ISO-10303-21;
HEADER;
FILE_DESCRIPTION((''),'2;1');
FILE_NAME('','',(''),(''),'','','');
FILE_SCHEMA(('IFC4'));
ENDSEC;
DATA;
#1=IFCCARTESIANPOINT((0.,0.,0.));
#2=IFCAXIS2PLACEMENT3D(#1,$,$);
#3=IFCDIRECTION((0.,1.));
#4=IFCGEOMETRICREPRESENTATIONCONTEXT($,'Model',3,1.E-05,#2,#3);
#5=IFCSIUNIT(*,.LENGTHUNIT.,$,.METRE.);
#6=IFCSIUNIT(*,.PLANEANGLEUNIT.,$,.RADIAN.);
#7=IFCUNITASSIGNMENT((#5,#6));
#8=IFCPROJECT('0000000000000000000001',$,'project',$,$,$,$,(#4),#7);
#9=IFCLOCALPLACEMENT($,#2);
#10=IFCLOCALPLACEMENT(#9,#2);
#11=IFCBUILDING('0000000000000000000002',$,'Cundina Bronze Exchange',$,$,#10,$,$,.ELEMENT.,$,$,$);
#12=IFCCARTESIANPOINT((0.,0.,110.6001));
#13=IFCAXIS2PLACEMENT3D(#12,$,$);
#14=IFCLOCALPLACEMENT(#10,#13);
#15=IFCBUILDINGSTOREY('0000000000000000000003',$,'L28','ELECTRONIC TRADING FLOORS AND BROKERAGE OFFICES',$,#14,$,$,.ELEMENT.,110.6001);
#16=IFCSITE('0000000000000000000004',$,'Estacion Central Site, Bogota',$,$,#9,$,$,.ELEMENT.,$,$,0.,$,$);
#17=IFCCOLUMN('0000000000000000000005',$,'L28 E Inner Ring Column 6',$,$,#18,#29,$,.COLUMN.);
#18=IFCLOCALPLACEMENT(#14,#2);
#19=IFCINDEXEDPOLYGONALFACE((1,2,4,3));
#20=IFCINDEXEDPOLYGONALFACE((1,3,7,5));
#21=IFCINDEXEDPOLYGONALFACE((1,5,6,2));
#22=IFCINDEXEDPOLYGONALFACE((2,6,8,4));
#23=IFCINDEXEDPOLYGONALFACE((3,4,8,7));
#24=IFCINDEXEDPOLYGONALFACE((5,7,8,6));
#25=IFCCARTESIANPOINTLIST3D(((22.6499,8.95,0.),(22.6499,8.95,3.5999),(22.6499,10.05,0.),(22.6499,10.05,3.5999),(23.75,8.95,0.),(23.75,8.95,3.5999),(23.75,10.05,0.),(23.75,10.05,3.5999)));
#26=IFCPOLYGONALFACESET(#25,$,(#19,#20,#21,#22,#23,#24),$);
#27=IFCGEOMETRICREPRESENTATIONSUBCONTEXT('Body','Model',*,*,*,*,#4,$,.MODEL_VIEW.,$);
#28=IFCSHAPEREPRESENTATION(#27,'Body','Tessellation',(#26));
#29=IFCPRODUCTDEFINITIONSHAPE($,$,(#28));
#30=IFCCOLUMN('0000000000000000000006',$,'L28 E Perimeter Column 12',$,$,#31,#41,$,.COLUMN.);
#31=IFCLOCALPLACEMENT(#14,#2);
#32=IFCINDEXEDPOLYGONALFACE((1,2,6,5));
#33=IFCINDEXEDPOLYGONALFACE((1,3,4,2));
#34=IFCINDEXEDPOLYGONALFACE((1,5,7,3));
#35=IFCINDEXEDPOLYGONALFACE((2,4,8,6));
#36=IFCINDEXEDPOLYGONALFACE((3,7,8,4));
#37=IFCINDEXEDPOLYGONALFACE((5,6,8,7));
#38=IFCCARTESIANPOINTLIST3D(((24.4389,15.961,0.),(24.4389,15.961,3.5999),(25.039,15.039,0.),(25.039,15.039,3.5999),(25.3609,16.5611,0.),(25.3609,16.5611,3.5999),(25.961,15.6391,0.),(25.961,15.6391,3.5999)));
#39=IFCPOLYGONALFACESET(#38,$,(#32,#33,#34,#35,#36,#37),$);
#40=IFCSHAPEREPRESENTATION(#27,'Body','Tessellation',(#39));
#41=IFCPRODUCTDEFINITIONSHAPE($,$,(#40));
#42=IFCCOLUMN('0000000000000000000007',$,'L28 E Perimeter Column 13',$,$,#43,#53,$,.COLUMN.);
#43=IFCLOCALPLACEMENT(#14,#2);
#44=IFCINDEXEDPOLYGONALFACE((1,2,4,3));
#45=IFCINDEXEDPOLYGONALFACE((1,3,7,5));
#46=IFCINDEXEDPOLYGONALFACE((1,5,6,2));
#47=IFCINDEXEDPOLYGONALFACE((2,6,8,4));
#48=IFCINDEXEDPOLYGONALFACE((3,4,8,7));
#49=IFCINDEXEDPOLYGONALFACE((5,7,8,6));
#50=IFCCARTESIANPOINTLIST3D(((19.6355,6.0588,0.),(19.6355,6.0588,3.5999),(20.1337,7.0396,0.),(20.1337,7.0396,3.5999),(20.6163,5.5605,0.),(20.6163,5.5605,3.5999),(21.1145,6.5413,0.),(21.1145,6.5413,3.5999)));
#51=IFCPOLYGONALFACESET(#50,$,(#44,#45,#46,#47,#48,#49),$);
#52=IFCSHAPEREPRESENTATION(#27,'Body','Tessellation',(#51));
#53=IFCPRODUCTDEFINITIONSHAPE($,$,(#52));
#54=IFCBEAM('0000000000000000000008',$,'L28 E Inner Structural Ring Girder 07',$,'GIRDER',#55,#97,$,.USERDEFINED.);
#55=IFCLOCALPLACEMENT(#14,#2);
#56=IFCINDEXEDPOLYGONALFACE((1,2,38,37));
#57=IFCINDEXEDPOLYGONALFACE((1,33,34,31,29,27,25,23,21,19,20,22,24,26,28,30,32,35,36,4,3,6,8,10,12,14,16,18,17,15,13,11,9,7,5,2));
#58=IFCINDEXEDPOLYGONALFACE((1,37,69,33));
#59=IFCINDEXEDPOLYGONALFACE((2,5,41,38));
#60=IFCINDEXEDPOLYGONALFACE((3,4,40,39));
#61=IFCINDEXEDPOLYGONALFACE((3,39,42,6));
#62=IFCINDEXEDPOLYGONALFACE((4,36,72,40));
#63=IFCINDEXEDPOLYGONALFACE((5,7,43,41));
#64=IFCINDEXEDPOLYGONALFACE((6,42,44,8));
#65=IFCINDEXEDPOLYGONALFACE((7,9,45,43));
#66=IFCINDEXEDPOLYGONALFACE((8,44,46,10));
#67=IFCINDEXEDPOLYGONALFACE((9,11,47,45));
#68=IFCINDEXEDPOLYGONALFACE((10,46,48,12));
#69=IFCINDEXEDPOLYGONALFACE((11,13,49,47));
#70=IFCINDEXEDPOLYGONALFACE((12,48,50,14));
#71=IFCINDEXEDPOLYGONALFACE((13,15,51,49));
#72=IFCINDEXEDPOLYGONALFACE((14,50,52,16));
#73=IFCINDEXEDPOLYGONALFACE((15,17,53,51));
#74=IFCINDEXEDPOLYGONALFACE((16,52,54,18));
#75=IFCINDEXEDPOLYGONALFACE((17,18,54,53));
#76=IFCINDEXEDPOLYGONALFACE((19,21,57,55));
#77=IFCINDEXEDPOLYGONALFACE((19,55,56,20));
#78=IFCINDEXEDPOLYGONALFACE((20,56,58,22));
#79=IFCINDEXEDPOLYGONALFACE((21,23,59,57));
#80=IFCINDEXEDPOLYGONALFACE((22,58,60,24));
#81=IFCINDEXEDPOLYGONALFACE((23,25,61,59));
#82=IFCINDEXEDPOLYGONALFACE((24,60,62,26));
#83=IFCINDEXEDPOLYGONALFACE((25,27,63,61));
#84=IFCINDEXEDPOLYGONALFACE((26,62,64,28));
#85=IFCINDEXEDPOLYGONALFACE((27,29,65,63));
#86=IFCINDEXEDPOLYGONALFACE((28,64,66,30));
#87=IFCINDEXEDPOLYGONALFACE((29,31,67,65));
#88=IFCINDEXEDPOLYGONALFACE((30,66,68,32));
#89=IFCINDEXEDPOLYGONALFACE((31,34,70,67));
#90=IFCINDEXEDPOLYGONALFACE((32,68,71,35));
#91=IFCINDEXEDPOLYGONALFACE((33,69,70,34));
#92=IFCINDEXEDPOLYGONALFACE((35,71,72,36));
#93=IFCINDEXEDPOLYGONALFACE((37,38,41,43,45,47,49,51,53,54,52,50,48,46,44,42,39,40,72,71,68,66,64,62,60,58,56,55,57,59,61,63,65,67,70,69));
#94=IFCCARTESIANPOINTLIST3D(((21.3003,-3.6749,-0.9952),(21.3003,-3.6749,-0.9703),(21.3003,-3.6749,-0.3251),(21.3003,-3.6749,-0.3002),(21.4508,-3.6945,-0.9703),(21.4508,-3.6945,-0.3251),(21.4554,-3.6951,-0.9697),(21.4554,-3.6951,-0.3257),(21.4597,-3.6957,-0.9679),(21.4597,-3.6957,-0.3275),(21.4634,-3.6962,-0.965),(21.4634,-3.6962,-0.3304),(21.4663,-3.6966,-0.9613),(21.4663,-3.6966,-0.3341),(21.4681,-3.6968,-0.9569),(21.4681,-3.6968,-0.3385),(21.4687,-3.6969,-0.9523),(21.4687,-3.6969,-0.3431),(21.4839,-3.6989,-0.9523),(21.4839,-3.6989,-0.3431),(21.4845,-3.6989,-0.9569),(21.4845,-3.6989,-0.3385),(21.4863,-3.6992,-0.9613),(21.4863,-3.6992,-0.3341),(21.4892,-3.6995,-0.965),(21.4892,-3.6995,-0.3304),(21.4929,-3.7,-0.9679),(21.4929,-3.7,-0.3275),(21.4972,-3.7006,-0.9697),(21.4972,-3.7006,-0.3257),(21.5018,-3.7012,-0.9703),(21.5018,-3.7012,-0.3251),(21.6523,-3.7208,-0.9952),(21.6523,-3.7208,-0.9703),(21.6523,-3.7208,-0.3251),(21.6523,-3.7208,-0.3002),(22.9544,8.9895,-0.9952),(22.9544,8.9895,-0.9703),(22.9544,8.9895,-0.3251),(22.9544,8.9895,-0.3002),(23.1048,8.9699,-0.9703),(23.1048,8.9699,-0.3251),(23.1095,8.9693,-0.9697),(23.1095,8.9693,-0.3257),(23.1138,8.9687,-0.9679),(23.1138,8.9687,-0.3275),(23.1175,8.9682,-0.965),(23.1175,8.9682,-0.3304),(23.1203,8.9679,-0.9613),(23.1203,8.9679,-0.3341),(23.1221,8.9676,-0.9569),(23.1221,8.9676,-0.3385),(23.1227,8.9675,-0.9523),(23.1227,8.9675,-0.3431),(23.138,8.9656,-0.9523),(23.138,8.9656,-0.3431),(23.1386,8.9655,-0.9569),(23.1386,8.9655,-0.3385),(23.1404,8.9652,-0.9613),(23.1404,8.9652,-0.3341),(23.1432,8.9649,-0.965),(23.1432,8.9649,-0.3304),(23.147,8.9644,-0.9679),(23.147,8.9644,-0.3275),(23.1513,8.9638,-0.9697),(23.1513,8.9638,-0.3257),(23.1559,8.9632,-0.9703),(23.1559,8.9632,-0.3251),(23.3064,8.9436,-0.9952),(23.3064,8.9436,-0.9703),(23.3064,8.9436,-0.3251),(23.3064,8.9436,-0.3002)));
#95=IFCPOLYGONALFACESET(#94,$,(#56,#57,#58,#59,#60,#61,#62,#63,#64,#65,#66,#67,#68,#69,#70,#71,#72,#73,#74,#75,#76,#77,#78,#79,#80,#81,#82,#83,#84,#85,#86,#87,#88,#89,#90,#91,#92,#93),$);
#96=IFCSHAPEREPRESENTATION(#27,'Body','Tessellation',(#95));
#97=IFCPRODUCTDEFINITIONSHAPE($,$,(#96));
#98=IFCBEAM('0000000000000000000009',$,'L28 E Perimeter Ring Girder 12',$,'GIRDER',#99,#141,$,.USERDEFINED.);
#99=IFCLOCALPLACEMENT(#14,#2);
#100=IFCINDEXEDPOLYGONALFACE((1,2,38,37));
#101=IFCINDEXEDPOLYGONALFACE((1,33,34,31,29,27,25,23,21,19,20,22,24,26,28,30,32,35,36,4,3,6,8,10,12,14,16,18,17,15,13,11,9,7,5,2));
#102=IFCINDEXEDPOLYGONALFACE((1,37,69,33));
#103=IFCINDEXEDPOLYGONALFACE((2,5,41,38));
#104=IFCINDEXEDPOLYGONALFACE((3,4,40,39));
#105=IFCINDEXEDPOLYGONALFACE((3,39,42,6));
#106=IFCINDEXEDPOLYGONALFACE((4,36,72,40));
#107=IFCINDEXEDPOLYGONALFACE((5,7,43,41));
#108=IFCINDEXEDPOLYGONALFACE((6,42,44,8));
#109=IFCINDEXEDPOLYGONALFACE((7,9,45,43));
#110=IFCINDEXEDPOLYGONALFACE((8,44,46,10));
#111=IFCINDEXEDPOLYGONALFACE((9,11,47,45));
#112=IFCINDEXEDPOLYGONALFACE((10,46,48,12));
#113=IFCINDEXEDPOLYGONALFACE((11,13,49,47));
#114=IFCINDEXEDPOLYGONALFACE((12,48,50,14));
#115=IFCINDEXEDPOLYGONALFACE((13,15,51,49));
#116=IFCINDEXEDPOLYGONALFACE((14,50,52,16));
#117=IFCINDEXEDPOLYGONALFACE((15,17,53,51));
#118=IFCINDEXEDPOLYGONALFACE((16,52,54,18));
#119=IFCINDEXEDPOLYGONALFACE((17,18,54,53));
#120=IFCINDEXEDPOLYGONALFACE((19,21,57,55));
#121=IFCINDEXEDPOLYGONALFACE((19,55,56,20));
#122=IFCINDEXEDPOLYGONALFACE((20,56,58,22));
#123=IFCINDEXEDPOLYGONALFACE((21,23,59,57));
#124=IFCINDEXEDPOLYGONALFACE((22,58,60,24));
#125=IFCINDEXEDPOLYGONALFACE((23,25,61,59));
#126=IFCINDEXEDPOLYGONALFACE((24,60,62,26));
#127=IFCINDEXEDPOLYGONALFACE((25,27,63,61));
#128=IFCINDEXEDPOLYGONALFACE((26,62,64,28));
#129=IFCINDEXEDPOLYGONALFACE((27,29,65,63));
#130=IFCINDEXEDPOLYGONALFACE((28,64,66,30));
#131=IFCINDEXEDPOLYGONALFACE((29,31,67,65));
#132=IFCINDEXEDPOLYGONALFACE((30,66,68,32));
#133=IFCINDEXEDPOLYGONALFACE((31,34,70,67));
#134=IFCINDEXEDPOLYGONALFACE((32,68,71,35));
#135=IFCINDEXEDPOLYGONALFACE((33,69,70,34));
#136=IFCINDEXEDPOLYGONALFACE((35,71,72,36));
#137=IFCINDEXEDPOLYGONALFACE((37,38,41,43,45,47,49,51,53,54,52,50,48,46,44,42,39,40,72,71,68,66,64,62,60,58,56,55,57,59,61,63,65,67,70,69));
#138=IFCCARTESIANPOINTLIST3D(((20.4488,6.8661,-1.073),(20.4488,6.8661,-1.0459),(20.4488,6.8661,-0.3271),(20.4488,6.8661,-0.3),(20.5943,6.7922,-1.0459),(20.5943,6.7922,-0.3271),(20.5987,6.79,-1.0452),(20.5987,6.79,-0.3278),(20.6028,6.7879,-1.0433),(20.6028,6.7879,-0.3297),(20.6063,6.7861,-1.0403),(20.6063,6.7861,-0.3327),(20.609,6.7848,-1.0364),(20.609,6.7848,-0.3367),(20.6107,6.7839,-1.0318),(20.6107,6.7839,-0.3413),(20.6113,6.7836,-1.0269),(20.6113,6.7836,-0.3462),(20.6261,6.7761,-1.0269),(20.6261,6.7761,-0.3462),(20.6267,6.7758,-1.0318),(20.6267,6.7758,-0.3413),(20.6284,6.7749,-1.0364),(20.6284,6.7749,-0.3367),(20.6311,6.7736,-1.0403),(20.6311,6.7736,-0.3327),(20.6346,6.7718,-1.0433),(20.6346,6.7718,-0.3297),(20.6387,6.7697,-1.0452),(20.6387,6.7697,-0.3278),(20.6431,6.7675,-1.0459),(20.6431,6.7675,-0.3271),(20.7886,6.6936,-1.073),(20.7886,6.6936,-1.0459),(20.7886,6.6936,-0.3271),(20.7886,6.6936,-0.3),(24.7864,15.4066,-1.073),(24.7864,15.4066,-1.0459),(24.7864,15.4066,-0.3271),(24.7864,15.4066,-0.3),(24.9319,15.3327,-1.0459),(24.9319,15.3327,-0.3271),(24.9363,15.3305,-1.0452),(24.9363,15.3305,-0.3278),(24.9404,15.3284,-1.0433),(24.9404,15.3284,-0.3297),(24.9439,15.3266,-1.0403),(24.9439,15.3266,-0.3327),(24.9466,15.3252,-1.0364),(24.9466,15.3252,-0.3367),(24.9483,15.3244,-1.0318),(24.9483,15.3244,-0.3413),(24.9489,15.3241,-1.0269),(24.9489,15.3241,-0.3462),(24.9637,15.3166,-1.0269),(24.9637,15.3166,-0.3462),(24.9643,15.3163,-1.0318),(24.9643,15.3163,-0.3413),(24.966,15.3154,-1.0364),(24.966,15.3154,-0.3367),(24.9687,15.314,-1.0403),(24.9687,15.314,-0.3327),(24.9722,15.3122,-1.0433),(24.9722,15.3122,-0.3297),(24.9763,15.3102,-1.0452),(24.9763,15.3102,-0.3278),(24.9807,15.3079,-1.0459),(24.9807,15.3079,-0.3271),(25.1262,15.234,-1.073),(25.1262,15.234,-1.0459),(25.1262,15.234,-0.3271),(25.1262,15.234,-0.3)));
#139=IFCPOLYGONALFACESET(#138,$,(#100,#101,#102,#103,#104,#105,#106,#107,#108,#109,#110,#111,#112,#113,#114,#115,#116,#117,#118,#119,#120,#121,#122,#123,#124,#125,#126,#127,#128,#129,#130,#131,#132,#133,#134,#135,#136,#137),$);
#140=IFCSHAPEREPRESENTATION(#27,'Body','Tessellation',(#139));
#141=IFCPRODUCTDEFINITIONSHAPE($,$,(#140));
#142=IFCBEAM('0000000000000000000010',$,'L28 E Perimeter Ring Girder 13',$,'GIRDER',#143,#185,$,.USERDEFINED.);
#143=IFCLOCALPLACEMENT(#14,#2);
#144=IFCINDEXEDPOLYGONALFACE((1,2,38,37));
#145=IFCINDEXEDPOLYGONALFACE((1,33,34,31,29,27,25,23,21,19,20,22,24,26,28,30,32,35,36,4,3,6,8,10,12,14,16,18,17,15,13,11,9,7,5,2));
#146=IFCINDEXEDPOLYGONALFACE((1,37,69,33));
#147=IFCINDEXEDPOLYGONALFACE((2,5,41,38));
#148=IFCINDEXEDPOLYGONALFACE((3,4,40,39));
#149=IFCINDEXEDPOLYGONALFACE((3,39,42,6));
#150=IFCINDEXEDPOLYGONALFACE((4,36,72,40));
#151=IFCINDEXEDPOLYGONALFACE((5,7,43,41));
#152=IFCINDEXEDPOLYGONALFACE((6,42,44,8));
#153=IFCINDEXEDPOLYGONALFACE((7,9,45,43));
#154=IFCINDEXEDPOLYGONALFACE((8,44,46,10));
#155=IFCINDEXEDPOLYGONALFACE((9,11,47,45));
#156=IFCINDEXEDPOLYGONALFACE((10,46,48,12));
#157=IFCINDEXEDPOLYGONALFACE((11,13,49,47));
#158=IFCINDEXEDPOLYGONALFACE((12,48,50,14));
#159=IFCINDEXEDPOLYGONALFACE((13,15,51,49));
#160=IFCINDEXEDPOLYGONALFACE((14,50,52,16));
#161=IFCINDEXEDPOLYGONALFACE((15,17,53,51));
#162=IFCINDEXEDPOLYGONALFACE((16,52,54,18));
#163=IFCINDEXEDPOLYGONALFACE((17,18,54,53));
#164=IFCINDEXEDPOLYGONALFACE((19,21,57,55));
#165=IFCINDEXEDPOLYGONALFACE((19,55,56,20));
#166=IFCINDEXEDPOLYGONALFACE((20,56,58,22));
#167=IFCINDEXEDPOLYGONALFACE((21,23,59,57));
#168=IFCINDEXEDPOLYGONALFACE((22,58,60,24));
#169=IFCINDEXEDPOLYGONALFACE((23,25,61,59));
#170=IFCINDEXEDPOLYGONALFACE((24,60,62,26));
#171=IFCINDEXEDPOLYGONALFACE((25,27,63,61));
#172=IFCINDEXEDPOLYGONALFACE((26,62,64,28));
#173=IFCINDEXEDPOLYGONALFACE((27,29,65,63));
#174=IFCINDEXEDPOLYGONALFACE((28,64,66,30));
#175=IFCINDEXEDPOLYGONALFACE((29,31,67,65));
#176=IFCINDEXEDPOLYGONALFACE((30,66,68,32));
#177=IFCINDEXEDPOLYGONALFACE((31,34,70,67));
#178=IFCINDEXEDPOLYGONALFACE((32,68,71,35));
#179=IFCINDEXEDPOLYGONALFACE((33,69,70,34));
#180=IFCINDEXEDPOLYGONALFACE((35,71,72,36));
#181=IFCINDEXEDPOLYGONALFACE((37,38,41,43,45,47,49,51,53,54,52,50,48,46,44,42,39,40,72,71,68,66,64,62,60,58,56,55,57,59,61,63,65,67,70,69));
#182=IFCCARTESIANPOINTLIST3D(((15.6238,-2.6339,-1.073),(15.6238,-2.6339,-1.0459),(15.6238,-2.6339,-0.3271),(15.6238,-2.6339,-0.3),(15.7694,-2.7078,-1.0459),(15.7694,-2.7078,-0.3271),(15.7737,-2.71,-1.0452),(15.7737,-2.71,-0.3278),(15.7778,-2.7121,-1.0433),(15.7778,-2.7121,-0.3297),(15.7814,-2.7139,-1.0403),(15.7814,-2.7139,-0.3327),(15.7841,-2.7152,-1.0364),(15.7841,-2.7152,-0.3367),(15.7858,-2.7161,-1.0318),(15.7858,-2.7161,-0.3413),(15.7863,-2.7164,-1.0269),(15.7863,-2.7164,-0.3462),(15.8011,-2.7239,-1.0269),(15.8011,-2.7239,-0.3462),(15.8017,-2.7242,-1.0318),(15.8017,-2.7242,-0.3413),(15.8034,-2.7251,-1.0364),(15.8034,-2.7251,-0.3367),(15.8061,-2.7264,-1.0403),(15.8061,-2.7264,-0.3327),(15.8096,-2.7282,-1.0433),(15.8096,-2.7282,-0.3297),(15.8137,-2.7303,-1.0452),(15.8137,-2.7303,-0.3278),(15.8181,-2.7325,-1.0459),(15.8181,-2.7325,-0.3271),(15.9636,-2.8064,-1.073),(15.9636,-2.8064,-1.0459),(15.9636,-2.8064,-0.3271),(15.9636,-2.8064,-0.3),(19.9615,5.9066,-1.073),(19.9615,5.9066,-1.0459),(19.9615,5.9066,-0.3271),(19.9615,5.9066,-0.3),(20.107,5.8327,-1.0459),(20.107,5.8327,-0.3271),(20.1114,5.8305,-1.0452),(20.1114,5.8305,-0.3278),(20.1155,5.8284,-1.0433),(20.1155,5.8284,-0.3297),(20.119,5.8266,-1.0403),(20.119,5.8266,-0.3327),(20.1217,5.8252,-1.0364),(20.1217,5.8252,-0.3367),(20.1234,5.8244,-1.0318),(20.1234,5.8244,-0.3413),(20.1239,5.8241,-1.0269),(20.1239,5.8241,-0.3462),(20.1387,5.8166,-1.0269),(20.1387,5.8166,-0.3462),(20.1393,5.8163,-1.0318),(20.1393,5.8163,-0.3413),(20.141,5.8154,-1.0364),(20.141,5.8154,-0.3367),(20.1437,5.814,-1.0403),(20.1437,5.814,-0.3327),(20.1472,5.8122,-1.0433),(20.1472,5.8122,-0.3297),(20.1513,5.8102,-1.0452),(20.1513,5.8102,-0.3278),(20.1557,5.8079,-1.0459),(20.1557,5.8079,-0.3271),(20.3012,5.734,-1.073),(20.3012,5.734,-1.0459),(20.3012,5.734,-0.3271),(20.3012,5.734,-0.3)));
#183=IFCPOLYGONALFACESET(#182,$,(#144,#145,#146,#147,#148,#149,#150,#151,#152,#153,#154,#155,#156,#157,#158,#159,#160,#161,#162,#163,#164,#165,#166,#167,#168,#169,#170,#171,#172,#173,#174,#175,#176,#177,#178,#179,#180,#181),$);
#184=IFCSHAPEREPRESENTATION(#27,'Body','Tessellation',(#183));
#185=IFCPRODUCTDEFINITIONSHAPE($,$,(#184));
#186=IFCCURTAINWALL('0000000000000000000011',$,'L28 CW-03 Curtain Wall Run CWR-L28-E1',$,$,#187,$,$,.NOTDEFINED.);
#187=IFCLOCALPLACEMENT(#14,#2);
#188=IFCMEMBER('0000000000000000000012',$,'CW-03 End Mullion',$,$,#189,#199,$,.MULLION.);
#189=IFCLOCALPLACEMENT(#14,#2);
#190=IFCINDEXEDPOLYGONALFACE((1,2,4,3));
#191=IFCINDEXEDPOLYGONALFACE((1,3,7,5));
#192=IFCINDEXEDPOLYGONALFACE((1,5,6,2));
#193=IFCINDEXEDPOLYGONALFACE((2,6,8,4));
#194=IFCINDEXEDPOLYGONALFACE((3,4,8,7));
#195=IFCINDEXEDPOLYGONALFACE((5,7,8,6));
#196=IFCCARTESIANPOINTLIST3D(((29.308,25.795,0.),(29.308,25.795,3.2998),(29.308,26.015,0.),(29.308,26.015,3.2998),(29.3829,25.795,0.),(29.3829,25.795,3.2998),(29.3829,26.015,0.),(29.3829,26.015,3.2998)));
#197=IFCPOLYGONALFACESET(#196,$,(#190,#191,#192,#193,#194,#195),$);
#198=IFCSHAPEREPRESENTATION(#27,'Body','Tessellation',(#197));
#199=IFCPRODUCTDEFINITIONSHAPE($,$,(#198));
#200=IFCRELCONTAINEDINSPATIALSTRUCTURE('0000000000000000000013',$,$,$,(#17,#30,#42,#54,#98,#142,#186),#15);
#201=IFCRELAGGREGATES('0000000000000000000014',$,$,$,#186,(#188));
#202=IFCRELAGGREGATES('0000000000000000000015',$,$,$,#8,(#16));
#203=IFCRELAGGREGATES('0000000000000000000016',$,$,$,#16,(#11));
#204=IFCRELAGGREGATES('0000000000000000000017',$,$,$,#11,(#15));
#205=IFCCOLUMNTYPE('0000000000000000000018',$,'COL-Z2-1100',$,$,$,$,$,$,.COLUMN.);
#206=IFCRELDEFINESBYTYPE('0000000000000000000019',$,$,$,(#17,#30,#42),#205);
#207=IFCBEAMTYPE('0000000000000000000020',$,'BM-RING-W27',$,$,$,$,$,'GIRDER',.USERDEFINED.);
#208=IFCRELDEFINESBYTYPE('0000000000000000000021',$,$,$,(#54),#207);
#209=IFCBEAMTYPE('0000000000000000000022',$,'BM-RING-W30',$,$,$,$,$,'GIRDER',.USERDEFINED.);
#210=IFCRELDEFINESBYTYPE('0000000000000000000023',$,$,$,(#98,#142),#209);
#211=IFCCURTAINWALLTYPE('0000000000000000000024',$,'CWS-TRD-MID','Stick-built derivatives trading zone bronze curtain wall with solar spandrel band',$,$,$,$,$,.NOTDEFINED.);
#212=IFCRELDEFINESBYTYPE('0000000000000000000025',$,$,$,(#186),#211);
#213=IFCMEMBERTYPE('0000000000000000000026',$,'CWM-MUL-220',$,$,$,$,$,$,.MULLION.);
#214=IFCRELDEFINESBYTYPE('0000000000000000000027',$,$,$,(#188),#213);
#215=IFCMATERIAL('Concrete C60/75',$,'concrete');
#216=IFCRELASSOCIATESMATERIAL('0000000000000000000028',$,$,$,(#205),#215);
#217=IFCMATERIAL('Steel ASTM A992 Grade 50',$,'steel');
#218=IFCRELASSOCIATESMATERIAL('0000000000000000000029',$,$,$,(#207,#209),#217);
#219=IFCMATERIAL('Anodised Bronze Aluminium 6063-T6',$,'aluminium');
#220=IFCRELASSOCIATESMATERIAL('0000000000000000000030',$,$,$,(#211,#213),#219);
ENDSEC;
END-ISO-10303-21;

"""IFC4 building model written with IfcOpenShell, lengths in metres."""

from ifc_helpers import new_model, si_unit, direction, frame, origin, origin_2d, place, context, subcontext, project, spatial, rectangle, i_section, extrude, material, material_profile, profile_set, type_object, element, aggregate, save


model = new_model("IFC4")

# Units and contexts
model_context = context("Model", 3, precision=1e-05, world=origin(), true_north=direction((0.0, 1.0)))
body_context = subcontext(model_context, "Body", "Model", "MODEL_VIEW")
ifc_project = project(units=[si_unit("LENGTHUNIT", "METRE"), si_unit("PLANEANGLEUNIT", "RADIAN")], contexts=[model_context])

# Site, building, storey
site_placement = place(None, origin())
site = spatial("IfcSite", under=ifc_project, at=site_placement, Name="Estacion Central Site, Bogota", CompositionType="ELEMENT", RefElevation=0.0)
building_placement = place(site_placement, origin())
building = spatial("IfcBuilding", under=site, at=building_placement, Name="Cundina Bronze Exchange", CompositionType="ELEMENT")
storey_placement = place(building_placement, frame((0.0, 0.0, 110.6001)))
storey = spatial("IfcBuildingStorey", under=building, at=storey_placement, Name="L28", Description="ELECTRONIC TRADING FLOORS AND BROKERAGE OFFICES", CompositionType="ELEMENT", Elevation=110.6001)

# Columns
ifc_material_1 = material(Name="Concrete C60/75", Category="concrete")
ifc_material_profile_1 = material_profile(ifc_material_1, rectangle(XDim=1.1001, YDim=1.1001, at=origin_2d()), Name="RC1100X1100", Category="concrete")
ifc_profile_set_1 = profile_set([ifc_material_profile_1], Name="Concrete C60/75")
column_type = type_object("IfcColumnType", Name="COL-Z2-1100", PredefinedType="COLUMN", material=ifc_profile_set_1)
for number, where, z_axis, x_axis, name in (
    (1, (23.2, 9.5, 0.0), (0.0, 0.0, 1.0), (1.0, 0.0, 0.0), "L28 E Inner Ring Column 6"),
    (2, (25.2, 15.8, 0.0), (0.0, 0.0, 1.0), (-0.8381, -0.545517, 0.0), "L28 E Perimeter Column 12"),
    (3, (20.375, 6.3, 0.0), (0.0, 0.0, 1.0), (-0.452902, -0.891561, 0.0), "L28 E Perimeter Column 13"),
):
    element("IfcColumn", number, at=place(storey_placement, frame(where, z_axis=z_axis, x_axis=x_axis)), inside=storey, type_object=column_type, Name=name, PredefinedType="COLUMN", context=body_context, shape_type="SweptSolid", body=[
        extrude(rectangle(XDim=1.1001, YDim=1.1001, at=origin_2d()), origin(), (0.0, 0.0, 1.0), 3.5999),
    ])

# Beams
ifc_material_2 = material(Name="Steel ASTM A992 Grade 50", Category="steel")
ifc_material_profile_2 = material_profile(ifc_material_2, i_section(OverallWidth=0.355, OverallDepth=0.6951, WebThickness=0.0154, FlangeThickness=0.0249, FilletRadius=0.0181, at=origin_2d()), Name="W27X146", Category="steel")
ifc_profile_set_2 = profile_set([ifc_material_profile_2], Name="Steel ASTM A992 Grade 50")
beam_type_1 = type_object("IfcBeamType", Name="BM-RING-W27", ElementType="GIRDER", PredefinedType="USERDEFINED", material=ifc_profile_set_2)
beam_placement = place(storey_placement, frame((23.1304, 8.9666, -0.6477), z_axis=(-0.129508, -0.991578, 0.0), x_axis=(0.991578, -0.129508, 0.0)))
element("IfcBeam", 4, at=beam_placement, inside=storey, type_object=beam_type_1, Name="L28 E Inner Structural Ring Girder 07", ObjectType="GIRDER", PredefinedType="USERDEFINED", context=body_context, shape_type="SweptSolid", body=[
    extrude(i_section(OverallWidth=0.355, OverallDepth=0.6951, WebThickness=0.0154, FlangeThickness=0.0249, FilletRadius=0.0181, at=origin_2d()), origin(), (0.0, 0.0, 1.0), 12.772),
])
ifc_material_profile_3 = material_profile(ifc_material_2, i_section(OverallWidth=0.3811, OverallDepth=0.7729, WebThickness=0.0166, FlangeThickness=0.0271, FilletRadius=0.019, at=origin_2d()), Name="W30X173", Category="steel")
ifc_profile_set_3 = profile_set([ifc_material_profile_3], Name="Steel ASTM A992 Grade 50")
beam_type_2 = type_object("IfcBeamType", Name="BM-RING-W30", ElementType="GIRDER", PredefinedType="USERDEFINED", material=ifc_profile_set_3)
for number, where, z_axis, x_axis, name in (
    (5, (24.9563, 15.3203, -0.6865), (-0.452832, -0.891596, 0.0), (0.891596, -0.452832, 0.0), "L28 E Perimeter Ring Girder 12"),
    (6, (20.1313, 5.8203, -0.6865), (-0.452832, -0.891596, 0.0), (0.891596, -0.452832, 0.0), "L28 E Perimeter Ring Girder 13"),
):
    element("IfcBeam", number, at=place(storey_placement, frame(where, z_axis=z_axis, x_axis=x_axis)), inside=storey, type_object=beam_type_2, Name=name, ObjectType="GIRDER", PredefinedType="USERDEFINED", context=body_context, shape_type="SweptSolid", body=[
        extrude(i_section(OverallWidth=0.3811, OverallDepth=0.7729, WebThickness=0.0166, FlangeThickness=0.0271, FilletRadius=0.019, at=origin_2d()), origin(), (0.0, 0.0, 1.0), 9.5789),
    ])

# Curtain wall, member
ifc_material_3 = material(Name="Anodised Bronze Aluminium 6063-T6", Category="aluminium")
curtain_wall_type = type_object("IfcCurtainWallType", Name="CWS-TRD-MID", Description="Stick-built derivatives trading zone bronze curtain wall with solar spandrel band", PredefinedType="NOTDEFINED", material=ifc_material_3)
curtain_wall_1_placement = place(storey_placement, origin())
curtain_wall_1 = element("IfcCurtainWall", 7, at=curtain_wall_1_placement, inside=storey, type_object=curtain_wall_type, Name="L28 CW-03 Curtain Wall Run CWR-L28-E1", PredefinedType="NOTDEFINED")
ifc_material_profile_4 = material_profile(ifc_material_3, rectangle(XDim=0.075, YDim=0.22, at=origin_2d()), Name="AL75X220", Category="aluminium")
ifc_profile_set_4 = profile_set([ifc_material_profile_4], Name="Anodised Bronze Aluminium 6063-T6")
member_type_1 = type_object("IfcMemberType", Name="CWM-MUL-220", PredefinedType="MULLION", material=ifc_profile_set_4)
member_1_placement = place(storey_placement, frame((29.3455, 25.905, 0.0), z_axis=(0.0, 0.0, 1.0), x_axis=(-1.0, 0.0, 0.0)))
member_1 = element("IfcMember", 8, at=member_1_placement, type_object=member_type_1, Name="CW-03 End Mullion", PredefinedType="MULLION", context=body_context, shape_type="SweptSolid", body=[
    extrude(rectangle(XDim=0.075, YDim=0.22, at=origin_2d()), origin(), (0.0, 0.0, 1.0), 3.2998),
])
aggregate(curtain_wall_1, [member_1])

save(model, "model.ifc")
